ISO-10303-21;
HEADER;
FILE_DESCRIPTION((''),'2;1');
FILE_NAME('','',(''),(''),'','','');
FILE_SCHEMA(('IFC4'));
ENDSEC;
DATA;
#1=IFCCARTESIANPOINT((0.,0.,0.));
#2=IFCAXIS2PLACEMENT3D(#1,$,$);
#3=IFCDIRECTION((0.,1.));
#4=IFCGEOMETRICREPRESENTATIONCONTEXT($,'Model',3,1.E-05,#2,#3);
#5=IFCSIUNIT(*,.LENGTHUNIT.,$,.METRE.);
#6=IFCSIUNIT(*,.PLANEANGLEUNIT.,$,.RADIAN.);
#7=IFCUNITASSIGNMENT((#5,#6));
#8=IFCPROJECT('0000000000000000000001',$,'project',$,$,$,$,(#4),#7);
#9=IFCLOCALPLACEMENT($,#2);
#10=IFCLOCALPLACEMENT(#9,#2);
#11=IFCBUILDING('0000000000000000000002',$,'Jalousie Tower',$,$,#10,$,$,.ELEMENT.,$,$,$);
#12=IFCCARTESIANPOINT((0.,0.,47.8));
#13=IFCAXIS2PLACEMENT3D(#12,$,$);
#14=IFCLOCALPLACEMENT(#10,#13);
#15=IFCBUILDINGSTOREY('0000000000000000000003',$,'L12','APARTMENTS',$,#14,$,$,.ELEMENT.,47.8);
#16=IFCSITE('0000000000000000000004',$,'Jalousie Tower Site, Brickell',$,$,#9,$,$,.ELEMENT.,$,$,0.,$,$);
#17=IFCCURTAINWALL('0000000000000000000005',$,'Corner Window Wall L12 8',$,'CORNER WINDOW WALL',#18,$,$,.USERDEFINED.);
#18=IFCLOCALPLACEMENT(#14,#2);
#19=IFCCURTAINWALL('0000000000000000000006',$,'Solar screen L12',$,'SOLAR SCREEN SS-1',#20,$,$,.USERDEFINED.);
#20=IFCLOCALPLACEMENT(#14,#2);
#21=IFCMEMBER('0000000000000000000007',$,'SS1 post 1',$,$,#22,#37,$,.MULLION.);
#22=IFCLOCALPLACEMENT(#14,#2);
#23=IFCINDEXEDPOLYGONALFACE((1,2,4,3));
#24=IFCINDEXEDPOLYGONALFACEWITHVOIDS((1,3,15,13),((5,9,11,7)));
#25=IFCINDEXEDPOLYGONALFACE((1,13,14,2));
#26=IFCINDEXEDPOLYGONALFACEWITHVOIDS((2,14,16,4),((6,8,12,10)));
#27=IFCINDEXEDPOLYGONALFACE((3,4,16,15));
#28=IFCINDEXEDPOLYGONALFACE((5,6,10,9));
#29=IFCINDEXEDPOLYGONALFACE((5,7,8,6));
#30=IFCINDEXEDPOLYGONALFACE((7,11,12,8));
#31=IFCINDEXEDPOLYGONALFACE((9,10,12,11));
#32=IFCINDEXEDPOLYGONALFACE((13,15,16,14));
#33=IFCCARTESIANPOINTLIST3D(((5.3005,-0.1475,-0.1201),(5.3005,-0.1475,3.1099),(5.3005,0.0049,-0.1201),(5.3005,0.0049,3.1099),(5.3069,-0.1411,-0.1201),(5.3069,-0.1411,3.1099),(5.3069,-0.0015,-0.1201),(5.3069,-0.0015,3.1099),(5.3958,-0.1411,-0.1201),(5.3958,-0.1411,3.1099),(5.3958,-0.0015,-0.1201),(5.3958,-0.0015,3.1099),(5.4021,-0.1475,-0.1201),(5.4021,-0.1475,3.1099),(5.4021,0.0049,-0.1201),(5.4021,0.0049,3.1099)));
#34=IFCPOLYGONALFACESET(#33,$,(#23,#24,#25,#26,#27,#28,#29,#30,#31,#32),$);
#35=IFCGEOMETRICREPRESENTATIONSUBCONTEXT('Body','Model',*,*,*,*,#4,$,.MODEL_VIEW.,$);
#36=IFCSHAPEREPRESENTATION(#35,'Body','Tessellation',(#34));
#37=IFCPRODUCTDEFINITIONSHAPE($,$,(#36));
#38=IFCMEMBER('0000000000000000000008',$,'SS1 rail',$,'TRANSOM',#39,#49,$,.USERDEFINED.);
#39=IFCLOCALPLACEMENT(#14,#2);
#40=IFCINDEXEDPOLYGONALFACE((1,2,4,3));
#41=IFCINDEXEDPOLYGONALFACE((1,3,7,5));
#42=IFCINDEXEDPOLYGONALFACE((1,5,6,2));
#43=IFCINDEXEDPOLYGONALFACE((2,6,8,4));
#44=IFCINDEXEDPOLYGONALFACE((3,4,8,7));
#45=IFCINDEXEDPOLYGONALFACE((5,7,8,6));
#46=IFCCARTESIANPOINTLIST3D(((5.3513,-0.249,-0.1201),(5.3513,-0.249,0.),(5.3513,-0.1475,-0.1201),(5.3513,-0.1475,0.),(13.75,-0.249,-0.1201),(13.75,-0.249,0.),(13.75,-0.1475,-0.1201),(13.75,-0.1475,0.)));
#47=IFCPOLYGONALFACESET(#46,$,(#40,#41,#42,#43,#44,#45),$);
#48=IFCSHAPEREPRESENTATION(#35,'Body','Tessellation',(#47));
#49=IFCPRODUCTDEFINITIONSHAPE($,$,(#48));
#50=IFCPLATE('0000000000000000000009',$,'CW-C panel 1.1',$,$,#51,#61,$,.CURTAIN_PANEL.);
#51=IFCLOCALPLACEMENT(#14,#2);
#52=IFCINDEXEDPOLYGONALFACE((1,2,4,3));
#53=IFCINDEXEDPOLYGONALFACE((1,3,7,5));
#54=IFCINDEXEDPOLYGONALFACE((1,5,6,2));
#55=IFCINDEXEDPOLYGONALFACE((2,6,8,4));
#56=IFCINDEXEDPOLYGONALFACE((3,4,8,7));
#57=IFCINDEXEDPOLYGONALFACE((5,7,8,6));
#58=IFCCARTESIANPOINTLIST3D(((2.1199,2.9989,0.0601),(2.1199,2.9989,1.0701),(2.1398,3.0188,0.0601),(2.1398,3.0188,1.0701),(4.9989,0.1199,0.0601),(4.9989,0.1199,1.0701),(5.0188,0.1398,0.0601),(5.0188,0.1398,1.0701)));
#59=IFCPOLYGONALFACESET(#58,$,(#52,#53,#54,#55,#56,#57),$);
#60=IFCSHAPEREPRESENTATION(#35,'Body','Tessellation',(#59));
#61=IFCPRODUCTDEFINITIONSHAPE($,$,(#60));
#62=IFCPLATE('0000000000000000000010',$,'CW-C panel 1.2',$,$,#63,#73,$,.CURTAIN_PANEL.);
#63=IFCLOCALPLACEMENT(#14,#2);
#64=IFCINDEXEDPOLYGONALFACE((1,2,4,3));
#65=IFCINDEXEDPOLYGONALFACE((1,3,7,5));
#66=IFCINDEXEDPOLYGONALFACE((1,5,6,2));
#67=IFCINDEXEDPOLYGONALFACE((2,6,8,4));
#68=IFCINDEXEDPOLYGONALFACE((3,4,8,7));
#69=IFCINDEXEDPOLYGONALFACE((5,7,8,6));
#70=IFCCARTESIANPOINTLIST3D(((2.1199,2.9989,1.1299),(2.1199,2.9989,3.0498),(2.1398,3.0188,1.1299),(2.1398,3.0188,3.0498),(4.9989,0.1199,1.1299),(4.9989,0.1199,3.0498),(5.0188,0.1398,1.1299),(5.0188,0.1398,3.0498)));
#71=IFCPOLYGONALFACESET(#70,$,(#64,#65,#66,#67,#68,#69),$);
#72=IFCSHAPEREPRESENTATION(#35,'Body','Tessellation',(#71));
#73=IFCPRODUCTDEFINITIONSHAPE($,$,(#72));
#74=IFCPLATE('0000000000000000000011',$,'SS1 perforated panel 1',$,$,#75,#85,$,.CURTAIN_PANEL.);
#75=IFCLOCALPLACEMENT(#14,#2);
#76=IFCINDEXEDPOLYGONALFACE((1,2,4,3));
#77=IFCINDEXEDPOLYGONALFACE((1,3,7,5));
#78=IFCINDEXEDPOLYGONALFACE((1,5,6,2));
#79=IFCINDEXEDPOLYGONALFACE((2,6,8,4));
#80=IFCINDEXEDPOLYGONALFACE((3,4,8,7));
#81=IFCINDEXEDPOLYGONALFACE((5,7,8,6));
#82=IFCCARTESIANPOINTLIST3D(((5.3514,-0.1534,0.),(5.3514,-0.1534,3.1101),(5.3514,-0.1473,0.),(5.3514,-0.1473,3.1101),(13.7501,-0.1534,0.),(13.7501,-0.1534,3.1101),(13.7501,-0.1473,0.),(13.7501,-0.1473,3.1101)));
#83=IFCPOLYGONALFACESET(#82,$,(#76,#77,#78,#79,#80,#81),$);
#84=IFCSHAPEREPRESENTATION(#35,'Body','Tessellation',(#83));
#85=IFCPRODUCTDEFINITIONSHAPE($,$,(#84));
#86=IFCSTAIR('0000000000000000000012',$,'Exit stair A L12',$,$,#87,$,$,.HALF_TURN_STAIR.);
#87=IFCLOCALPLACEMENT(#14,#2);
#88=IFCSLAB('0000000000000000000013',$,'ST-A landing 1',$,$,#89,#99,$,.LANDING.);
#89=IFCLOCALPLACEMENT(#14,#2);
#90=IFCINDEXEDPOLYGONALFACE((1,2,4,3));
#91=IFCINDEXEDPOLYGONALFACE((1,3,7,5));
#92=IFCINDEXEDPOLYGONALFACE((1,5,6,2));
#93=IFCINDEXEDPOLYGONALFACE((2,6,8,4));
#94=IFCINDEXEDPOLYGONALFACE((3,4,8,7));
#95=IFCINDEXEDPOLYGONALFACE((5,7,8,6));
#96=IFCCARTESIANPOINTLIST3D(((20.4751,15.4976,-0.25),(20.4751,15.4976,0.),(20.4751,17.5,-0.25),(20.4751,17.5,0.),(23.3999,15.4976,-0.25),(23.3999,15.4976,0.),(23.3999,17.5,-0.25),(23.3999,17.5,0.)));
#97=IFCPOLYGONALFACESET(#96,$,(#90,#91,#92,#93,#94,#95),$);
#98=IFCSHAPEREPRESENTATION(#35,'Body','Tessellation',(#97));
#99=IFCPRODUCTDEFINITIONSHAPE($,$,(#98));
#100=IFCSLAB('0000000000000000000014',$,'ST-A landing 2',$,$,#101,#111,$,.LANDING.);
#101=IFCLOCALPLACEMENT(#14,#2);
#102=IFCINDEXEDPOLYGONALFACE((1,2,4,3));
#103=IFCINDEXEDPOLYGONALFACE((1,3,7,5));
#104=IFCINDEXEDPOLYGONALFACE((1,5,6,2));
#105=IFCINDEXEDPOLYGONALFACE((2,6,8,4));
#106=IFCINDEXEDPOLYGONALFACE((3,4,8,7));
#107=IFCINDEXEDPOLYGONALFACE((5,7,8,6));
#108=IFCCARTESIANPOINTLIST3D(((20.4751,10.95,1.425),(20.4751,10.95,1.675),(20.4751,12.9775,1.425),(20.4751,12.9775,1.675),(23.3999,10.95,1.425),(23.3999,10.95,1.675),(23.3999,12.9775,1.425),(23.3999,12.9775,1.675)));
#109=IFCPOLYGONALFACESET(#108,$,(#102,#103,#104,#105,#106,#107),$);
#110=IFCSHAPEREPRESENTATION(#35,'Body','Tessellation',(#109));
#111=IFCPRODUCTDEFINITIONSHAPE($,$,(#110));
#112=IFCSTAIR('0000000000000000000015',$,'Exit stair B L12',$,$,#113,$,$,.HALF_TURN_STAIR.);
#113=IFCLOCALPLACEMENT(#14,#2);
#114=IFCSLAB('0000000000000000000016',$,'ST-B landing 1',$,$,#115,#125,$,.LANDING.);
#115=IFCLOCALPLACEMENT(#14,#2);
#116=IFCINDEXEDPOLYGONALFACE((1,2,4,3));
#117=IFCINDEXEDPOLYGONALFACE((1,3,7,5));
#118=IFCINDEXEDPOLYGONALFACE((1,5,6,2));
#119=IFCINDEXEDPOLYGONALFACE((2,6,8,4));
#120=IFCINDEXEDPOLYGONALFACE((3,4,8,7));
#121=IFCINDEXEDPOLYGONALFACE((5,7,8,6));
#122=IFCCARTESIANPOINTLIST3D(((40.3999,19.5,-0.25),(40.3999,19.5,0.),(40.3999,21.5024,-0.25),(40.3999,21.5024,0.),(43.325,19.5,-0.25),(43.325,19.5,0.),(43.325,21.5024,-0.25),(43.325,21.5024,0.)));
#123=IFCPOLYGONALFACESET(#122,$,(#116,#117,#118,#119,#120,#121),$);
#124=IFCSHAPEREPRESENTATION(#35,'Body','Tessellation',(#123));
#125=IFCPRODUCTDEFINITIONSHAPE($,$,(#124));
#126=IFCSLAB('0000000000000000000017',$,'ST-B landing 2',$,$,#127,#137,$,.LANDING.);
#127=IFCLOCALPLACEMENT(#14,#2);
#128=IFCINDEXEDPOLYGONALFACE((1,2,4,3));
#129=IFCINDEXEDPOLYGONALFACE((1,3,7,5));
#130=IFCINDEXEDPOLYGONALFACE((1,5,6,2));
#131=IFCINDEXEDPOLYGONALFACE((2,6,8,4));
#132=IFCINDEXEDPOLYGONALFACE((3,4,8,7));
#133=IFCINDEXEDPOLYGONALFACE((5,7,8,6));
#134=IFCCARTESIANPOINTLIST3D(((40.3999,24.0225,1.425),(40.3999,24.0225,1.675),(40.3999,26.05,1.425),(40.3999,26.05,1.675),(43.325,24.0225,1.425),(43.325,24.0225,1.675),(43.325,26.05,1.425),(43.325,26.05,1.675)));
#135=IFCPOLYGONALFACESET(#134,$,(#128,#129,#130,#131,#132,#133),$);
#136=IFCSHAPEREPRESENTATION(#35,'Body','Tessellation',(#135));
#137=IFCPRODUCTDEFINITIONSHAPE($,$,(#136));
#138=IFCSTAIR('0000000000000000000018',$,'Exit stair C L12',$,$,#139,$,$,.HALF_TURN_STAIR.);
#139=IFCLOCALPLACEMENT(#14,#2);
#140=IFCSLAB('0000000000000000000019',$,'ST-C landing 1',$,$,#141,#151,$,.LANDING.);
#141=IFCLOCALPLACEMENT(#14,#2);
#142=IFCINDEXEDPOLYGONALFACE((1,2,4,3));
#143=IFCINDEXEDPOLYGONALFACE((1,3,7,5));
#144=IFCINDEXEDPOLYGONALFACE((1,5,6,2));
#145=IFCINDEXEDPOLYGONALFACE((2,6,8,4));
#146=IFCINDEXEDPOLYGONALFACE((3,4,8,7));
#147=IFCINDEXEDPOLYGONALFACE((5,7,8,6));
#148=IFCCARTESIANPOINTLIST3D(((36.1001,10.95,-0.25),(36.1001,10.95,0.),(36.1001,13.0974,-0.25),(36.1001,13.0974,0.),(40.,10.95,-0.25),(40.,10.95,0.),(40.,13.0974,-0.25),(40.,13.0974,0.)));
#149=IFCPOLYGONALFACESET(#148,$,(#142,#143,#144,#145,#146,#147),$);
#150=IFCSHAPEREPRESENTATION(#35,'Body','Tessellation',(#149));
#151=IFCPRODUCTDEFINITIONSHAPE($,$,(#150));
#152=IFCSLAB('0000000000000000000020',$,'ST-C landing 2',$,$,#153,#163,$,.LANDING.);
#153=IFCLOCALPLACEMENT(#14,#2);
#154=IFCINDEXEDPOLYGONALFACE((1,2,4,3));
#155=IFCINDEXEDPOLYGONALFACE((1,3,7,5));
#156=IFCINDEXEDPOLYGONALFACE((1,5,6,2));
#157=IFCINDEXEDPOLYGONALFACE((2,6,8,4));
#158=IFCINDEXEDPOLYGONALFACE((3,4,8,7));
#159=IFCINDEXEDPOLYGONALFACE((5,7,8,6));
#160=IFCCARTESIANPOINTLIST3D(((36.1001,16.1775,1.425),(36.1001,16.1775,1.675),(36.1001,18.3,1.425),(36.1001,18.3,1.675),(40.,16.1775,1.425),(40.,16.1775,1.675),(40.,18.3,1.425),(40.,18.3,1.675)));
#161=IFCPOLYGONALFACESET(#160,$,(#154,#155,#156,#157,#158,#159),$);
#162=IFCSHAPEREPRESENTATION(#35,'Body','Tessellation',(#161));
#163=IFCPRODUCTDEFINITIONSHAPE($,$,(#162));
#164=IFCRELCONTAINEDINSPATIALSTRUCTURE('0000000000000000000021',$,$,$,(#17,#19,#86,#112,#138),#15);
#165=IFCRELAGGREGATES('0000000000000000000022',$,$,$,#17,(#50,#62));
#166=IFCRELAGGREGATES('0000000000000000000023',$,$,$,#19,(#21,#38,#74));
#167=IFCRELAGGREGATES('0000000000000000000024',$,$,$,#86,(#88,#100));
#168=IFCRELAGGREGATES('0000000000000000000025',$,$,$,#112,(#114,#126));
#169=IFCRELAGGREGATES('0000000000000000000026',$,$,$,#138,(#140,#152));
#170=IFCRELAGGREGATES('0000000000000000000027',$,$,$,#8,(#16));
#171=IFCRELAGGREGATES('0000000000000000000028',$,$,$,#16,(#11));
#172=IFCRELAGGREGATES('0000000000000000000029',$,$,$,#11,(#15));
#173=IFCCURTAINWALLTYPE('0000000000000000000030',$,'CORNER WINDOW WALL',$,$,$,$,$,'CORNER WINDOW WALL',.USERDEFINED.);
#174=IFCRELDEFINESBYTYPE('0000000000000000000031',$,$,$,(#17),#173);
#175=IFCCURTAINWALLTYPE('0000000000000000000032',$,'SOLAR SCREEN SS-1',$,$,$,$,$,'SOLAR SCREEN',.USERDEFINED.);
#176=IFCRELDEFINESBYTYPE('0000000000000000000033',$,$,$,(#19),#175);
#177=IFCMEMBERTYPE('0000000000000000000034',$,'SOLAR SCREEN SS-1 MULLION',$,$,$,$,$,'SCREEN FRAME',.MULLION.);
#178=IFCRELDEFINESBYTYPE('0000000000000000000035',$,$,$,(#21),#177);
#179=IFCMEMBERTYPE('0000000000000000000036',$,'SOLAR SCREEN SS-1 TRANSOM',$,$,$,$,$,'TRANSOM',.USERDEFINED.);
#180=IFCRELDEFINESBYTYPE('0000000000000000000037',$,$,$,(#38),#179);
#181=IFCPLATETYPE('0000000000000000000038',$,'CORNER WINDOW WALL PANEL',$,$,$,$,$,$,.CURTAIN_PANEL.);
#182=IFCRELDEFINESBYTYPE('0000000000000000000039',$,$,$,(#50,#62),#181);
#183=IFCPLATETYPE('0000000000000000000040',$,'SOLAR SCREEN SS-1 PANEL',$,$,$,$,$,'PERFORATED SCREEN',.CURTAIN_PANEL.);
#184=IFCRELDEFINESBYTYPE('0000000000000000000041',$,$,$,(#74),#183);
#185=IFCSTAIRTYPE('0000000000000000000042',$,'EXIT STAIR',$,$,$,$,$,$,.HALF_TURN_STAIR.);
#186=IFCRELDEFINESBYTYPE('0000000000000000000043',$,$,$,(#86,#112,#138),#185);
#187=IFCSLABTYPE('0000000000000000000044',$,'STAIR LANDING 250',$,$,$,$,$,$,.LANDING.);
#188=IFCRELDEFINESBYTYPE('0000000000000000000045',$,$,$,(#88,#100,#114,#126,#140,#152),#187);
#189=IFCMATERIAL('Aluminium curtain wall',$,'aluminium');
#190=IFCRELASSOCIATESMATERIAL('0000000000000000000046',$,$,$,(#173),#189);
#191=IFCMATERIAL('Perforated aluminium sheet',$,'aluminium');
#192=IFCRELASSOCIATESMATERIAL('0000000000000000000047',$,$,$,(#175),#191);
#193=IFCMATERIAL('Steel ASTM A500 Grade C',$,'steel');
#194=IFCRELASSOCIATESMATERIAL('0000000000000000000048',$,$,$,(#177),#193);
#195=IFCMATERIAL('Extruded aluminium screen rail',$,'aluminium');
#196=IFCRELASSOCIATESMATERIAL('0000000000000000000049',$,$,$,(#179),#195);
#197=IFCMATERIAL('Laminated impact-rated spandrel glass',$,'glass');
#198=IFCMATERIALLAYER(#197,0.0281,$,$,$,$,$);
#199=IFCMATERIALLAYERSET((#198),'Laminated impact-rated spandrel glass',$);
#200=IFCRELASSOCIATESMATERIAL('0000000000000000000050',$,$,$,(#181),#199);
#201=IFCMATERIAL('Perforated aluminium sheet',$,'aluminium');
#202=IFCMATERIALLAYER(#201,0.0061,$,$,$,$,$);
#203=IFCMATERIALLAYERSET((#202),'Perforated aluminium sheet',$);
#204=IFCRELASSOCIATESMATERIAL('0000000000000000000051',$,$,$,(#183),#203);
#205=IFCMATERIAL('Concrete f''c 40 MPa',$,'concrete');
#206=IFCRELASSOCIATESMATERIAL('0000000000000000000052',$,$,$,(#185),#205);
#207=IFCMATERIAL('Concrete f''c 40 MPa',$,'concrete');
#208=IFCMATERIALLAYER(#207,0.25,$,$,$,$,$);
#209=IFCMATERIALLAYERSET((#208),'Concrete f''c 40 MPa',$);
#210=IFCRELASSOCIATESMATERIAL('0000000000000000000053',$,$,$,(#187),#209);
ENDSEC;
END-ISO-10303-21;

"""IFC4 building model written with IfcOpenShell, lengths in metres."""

from ifc_helpers import new_model, si_unit, direction, frame, origin, origin_2d, place, context, subcontext, project, spatial, polyline, rectangle, hollow_rectangle, outline, extrude, material, layer, layer_set, material_profile, profile_set, type_object, element, aggregate, save


model = new_model("IFC4")

# Units and contexts
model_context = context("Model", 3, precision=1e-05, world=origin(), true_north=direction((0.0, 1.0)))
body_context = subcontext(model_context, "Body", "Model", "MODEL_VIEW")
ifc_project = project(units=[si_unit("LENGTHUNIT", "METRE"), si_unit("PLANEANGLEUNIT", "RADIAN")], contexts=[model_context])

# Site, building, storey
site_placement = place(None, origin())
site = spatial("IfcSite", under=ifc_project, at=site_placement, Name="Jalousie Tower Site, Brickell", CompositionType="ELEMENT", RefElevation=0.0)
building_placement = place(site_placement, origin())
building = spatial("IfcBuilding", under=site, at=building_placement, Name="Jalousie Tower", CompositionType="ELEMENT")
storey_placement = place(building_placement, frame((0.0, 0.0, 47.8)))
storey = spatial("IfcBuildingStorey", under=building, at=storey_placement, Name="L12", Description="APARTMENTS", CompositionType="ELEMENT", Elevation=47.8)

# Curtain wall
ifc_material_1 = material(Name="Aluminium curtain wall", Category="aluminium")
curtain_wall_type_1 = type_object("IfcCurtainWallType", Name="CORNER WINDOW WALL", ElementType="CORNER WINDOW WALL", PredefinedType="USERDEFINED", material=ifc_material_1)
curtain_wall_1_placement = place(storey_placement, origin())
curtain_wall_1 = element("IfcCurtainWall", 1, at=curtain_wall_1_placement, inside=storey, type_object=curtain_wall_type_1, Name="Corner Window Wall L12 8", ObjectType="CORNER WINDOW WALL", PredefinedType="USERDEFINED")

# Curtain wall, members
ifc_material_2 = material(Name="Perforated aluminium sheet", Category="aluminium")
curtain_wall_type_2 = type_object("IfcCurtainWallType", Name="SOLAR SCREEN SS-1", ElementType="SOLAR SCREEN", PredefinedType="USERDEFINED", material=ifc_material_2)
curtain_wall_2_placement = place(storey_placement, origin())
curtain_wall_2 = element("IfcCurtainWall", 2, at=curtain_wall_2_placement, inside=storey, type_object=curtain_wall_type_2, Name="Solar screen L12", ObjectType="SOLAR SCREEN SS-1", PredefinedType="USERDEFINED")
ifc_material_3 = material(Name="Steel ASTM A500 Grade C", Category="steel")
ifc_material_profile_1 = material_profile(ifc_material_3, hollow_rectangle(XDim=0.1016, YDim=0.1523, WallThickness=0.0063, at=origin_2d()), Name="HSS6X4X1/4")
ifc_profile_set_1 = profile_set([ifc_material_profile_1], Name="Steel ASTM A500 Grade C")
member_type_1 = type_object("IfcMemberType", Name="SOLAR SCREEN SS-1 MULLION", ElementType="SCREEN FRAME", PredefinedType="MULLION", material=ifc_profile_set_1)
member_1_placement = place(storey_placement, frame((5.3513, -0.0713, -0.1201), z_axis=(0.0, 0.0, 1.0), x_axis=(1.0, 0.0, 0.0)))
member_1 = element("IfcMember", 3, at=member_1_placement, type_object=member_type_1, Name="SS1 post 1", PredefinedType="MULLION", context=body_context, shape_type="SweptSolid", body=[
    extrude(hollow_rectangle(XDim=0.1016, YDim=0.1523, WallThickness=0.0063, at=origin_2d()), origin(), (0.0, 0.0, 1.0), 3.23),
])
ifc_material_4 = material(Name="Extruded aluminium screen rail", Category="aluminium")
ifc_material_profile_2 = material_profile(ifc_material_4, rectangle(XDim=0.1016, YDim=0.1201, at=origin_2d()), Name="RAIL 102x120")
ifc_profile_set_2 = profile_set([ifc_material_profile_2], Name="Extruded aluminium screen rail")
member_type_2 = type_object("IfcMemberType", Name="SOLAR SCREEN SS-1 TRANSOM", ElementType="TRANSOM", PredefinedType="USERDEFINED", material=ifc_profile_set_2)
member_2_placement = place(storey_placement, frame((5.3513, -0.1982, -0.0601), z_axis=(1.0, 0.0, 0.0), x_axis=(0.0, 1.0, 0.0)))
member_2 = element("IfcMember", 4, at=member_2_placement, type_object=member_type_2, Name="SS1 rail", ObjectType="TRANSOM", PredefinedType="USERDEFINED", context=body_context, shape_type="SweptSolid", body=[
    extrude(rectangle(XDim=0.1016, YDim=0.1201, at=origin_2d()), origin(), (0.0, 0.0, 1.0), 8.3987),
])

# Plates
ifc_material_5 = material(Name="Laminated impact-rated spandrel glass", Category="glass")
ifc_layer_1 = layer(ifc_material_5, 0.0281)
ifc_layer_set_1 = layer_set([ifc_layer_1], Name="Laminated impact-rated spandrel glass")
plate_type_1 = type_object("IfcPlateType", Name="CORNER WINDOW WALL PANEL", PredefinedType="CURTAIN_PANEL", material=ifc_layer_set_1)
plate_1_placement = place(storey_placement, frame((3.5693, 1.5693, 0.0601), z_axis=(0.0, 0.0, 1.0), x_axis=(0.707107, -0.707107, 0.0)))
plate_1 = element("IfcPlate", 5, at=plate_1_placement, type_object=plate_type_1, Name="CW-C panel 1.1", PredefinedType="CURTAIN_PANEL", context=body_context, shape_type="SweptSolid", body=[
    extrude(rectangle(XDim=4.0715, YDim=0.0281, at=origin_2d()), origin(), (0.0, 0.0, 1.0), 1.01),
])
plate_2_placement = place(storey_placement, frame((3.5693, 1.5693, 1.1299), z_axis=(0.0, 0.0, 1.0), x_axis=(0.707107, -0.707107, 0.0)))
plate_2 = element("IfcPlate", 6, at=plate_2_placement, type_object=plate_type_1, Name="CW-C panel 1.2", PredefinedType="CURTAIN_PANEL", context=body_context, shape_type="SweptSolid", body=[
    extrude(rectangle(XDim=4.0715, YDim=0.0281, at=origin_2d()), origin(), (0.0, 0.0, 1.0), 1.9199),
])
aggregate(curtain_wall_1, [plate_1, plate_2])

# Plate
ifc_material_6 = material(Name="Perforated aluminium sheet", Category="aluminium")
ifc_layer_2 = layer(ifc_material_6, 0.0061)
ifc_layer_set_2 = layer_set([ifc_layer_2], Name="Perforated aluminium sheet")
plate_type_2 = type_object("IfcPlateType", Name="SOLAR SCREEN SS-1 PANEL", ElementType="PERFORATED SCREEN", PredefinedType="CURTAIN_PANEL", material=ifc_layer_set_2)
plate_3_placement = place(storey_placement, frame((9.5508, -0.1504, 0.0), z_axis=(0.0, 0.0, 1.0), x_axis=(1.0, 0.0, 0.0)))
plate_3 = element("IfcPlate", 7, at=plate_3_placement, type_object=plate_type_2, Name="SS1 perforated panel 1", PredefinedType="CURTAIN_PANEL", context=body_context, shape_type="SweptSolid", body=[
    extrude(rectangle(XDim=8.3987, YDim=0.0061, at=origin_2d()), origin(), (0.0, 0.0, 1.0), 3.1101),
])
aggregate(curtain_wall_2, [member_1, member_2, plate_3])

# Stairs, slabs
ifc_material_7 = material(Name="Concrete f'c 40 MPa", Category="concrete")
stair_type = type_object("IfcStairType", Name="EXIT STAIR", PredefinedType="HALF_TURN_STAIR", material=ifc_material_7)
stair_1_placement = place(storey_placement, origin())
stair_1 = element("IfcStair", 8, at=stair_1_placement, inside=storey, type_object=stair_type, Name="Exit stair A L12", PredefinedType="HALF_TURN_STAIR")
ifc_material_8 = material(Name="Concrete f'c 40 MPa", Category="concrete")
ifc_layer_3 = layer(ifc_material_8, 0.25)
ifc_layer_set_3 = layer_set([ifc_layer_3], Name="Concrete f'c 40 MPa")
slab_type_1 = type_object("IfcSlabType", Name="STAIR LANDING 250", PredefinedType="LANDING", material=ifc_layer_set_3)
slab_1_placement = place(storey_placement, frame((0.0, 0.0, -0.25)))
slab_1 = element("IfcSlab", 9, at=slab_1_placement, type_object=slab_type_1, Name="ST-A landing 1", PredefinedType="LANDING", context=body_context, shape_type="SweptSolid", body=[
    extrude(outline(polyline([(20.4751, 15.4976), (23.3999, 15.4976), (23.3999, 17.5), (20.4751, 17.5), (20.4751, 15.4976)])), origin(), (0.0, 0.0, 1.0), 0.25),
])
slab_2_placement = place(storey_placement, frame((0.0, 0.0, 1.425)))
slab_2 = element("IfcSlab", 10, at=slab_2_placement, type_object=slab_type_1, Name="ST-A landing 2", PredefinedType="LANDING", context=body_context, shape_type="SweptSolid", body=[
    extrude(outline(polyline([(20.4751, 10.95), (23.3999, 10.95), (23.3999, 12.9775), (20.4751, 12.9775), (20.4751, 10.95)])), origin(), (0.0, 0.0, 1.0), 0.25),
])
aggregate(stair_1, [slab_1, slab_2])
stair_2_placement = place(storey_placement, origin())
stair_2 = element("IfcStair", 11, at=stair_2_placement, inside=storey, type_object=stair_type, Name="Exit stair B L12", PredefinedType="HALF_TURN_STAIR")
slab_3_placement = place(storey_placement, frame((0.0, 0.0, -0.25)))
slab_3 = element("IfcSlab", 12, at=slab_3_placement, type_object=slab_type_1, Name="ST-B landing 1", PredefinedType="LANDING", context=body_context, shape_type="SweptSolid", body=[
    extrude(outline(polyline([(40.3999, 19.5), (43.325, 19.5), (43.325, 21.5024), (40.3999, 21.5024), (40.3999, 19.5)])), origin(), (0.0, 0.0, 1.0), 0.25),
])
slab_4_placement = place(storey_placement, frame((0.0, 0.0, 1.425)))
slab_4 = element("IfcSlab", 13, at=slab_4_placement, type_object=slab_type_1, Name="ST-B landing 2", PredefinedType="LANDING", context=body_context, shape_type="SweptSolid", body=[
    extrude(outline(polyline([(40.3999, 24.0225), (43.325, 24.0225), (43.325, 26.05), (40.3999, 26.05), (40.3999, 24.0225)])), origin(), (0.0, 0.0, 1.0), 0.25),
])
aggregate(stair_2, [slab_3, slab_4])
stair_3_placement = place(storey_placement, origin())
stair_3 = element("IfcStair", 14, at=stair_3_placement, inside=storey, type_object=stair_type, Name="Exit stair C L12", PredefinedType="HALF_TURN_STAIR")
slab_5_placement = place(storey_placement, frame((0.0, 0.0, -0.25)))
slab_5 = element("IfcSlab", 15, at=slab_5_placement, type_object=slab_type_1, Name="ST-C landing 1", PredefinedType="LANDING", context=body_context, shape_type="SweptSolid", body=[
    extrude(outline(polyline([(36.1001, 10.95), (40.0, 10.95), (40.0, 13.0974), (36.1001, 13.0974), (36.1001, 10.95)])), origin(), (0.0, 0.0, 1.0), 0.25),
])
slab_6_placement = place(storey_placement, frame((0.0, 0.0, 1.425)))
slab_6 = element("IfcSlab", 16, at=slab_6_placement, type_object=slab_type_1, Name="ST-C landing 2", PredefinedType="LANDING", context=body_context, shape_type="SweptSolid", body=[
    extrude(outline(polyline([(36.1001, 16.1775), (40.0, 16.1775), (40.0, 18.3), (36.1001, 18.3), (36.1001, 16.1775)])), origin(), (0.0, 0.0, 1.0), 0.25),
])
aggregate(stair_3, [slab_5, slab_6])

save(model, "model.ifc")
